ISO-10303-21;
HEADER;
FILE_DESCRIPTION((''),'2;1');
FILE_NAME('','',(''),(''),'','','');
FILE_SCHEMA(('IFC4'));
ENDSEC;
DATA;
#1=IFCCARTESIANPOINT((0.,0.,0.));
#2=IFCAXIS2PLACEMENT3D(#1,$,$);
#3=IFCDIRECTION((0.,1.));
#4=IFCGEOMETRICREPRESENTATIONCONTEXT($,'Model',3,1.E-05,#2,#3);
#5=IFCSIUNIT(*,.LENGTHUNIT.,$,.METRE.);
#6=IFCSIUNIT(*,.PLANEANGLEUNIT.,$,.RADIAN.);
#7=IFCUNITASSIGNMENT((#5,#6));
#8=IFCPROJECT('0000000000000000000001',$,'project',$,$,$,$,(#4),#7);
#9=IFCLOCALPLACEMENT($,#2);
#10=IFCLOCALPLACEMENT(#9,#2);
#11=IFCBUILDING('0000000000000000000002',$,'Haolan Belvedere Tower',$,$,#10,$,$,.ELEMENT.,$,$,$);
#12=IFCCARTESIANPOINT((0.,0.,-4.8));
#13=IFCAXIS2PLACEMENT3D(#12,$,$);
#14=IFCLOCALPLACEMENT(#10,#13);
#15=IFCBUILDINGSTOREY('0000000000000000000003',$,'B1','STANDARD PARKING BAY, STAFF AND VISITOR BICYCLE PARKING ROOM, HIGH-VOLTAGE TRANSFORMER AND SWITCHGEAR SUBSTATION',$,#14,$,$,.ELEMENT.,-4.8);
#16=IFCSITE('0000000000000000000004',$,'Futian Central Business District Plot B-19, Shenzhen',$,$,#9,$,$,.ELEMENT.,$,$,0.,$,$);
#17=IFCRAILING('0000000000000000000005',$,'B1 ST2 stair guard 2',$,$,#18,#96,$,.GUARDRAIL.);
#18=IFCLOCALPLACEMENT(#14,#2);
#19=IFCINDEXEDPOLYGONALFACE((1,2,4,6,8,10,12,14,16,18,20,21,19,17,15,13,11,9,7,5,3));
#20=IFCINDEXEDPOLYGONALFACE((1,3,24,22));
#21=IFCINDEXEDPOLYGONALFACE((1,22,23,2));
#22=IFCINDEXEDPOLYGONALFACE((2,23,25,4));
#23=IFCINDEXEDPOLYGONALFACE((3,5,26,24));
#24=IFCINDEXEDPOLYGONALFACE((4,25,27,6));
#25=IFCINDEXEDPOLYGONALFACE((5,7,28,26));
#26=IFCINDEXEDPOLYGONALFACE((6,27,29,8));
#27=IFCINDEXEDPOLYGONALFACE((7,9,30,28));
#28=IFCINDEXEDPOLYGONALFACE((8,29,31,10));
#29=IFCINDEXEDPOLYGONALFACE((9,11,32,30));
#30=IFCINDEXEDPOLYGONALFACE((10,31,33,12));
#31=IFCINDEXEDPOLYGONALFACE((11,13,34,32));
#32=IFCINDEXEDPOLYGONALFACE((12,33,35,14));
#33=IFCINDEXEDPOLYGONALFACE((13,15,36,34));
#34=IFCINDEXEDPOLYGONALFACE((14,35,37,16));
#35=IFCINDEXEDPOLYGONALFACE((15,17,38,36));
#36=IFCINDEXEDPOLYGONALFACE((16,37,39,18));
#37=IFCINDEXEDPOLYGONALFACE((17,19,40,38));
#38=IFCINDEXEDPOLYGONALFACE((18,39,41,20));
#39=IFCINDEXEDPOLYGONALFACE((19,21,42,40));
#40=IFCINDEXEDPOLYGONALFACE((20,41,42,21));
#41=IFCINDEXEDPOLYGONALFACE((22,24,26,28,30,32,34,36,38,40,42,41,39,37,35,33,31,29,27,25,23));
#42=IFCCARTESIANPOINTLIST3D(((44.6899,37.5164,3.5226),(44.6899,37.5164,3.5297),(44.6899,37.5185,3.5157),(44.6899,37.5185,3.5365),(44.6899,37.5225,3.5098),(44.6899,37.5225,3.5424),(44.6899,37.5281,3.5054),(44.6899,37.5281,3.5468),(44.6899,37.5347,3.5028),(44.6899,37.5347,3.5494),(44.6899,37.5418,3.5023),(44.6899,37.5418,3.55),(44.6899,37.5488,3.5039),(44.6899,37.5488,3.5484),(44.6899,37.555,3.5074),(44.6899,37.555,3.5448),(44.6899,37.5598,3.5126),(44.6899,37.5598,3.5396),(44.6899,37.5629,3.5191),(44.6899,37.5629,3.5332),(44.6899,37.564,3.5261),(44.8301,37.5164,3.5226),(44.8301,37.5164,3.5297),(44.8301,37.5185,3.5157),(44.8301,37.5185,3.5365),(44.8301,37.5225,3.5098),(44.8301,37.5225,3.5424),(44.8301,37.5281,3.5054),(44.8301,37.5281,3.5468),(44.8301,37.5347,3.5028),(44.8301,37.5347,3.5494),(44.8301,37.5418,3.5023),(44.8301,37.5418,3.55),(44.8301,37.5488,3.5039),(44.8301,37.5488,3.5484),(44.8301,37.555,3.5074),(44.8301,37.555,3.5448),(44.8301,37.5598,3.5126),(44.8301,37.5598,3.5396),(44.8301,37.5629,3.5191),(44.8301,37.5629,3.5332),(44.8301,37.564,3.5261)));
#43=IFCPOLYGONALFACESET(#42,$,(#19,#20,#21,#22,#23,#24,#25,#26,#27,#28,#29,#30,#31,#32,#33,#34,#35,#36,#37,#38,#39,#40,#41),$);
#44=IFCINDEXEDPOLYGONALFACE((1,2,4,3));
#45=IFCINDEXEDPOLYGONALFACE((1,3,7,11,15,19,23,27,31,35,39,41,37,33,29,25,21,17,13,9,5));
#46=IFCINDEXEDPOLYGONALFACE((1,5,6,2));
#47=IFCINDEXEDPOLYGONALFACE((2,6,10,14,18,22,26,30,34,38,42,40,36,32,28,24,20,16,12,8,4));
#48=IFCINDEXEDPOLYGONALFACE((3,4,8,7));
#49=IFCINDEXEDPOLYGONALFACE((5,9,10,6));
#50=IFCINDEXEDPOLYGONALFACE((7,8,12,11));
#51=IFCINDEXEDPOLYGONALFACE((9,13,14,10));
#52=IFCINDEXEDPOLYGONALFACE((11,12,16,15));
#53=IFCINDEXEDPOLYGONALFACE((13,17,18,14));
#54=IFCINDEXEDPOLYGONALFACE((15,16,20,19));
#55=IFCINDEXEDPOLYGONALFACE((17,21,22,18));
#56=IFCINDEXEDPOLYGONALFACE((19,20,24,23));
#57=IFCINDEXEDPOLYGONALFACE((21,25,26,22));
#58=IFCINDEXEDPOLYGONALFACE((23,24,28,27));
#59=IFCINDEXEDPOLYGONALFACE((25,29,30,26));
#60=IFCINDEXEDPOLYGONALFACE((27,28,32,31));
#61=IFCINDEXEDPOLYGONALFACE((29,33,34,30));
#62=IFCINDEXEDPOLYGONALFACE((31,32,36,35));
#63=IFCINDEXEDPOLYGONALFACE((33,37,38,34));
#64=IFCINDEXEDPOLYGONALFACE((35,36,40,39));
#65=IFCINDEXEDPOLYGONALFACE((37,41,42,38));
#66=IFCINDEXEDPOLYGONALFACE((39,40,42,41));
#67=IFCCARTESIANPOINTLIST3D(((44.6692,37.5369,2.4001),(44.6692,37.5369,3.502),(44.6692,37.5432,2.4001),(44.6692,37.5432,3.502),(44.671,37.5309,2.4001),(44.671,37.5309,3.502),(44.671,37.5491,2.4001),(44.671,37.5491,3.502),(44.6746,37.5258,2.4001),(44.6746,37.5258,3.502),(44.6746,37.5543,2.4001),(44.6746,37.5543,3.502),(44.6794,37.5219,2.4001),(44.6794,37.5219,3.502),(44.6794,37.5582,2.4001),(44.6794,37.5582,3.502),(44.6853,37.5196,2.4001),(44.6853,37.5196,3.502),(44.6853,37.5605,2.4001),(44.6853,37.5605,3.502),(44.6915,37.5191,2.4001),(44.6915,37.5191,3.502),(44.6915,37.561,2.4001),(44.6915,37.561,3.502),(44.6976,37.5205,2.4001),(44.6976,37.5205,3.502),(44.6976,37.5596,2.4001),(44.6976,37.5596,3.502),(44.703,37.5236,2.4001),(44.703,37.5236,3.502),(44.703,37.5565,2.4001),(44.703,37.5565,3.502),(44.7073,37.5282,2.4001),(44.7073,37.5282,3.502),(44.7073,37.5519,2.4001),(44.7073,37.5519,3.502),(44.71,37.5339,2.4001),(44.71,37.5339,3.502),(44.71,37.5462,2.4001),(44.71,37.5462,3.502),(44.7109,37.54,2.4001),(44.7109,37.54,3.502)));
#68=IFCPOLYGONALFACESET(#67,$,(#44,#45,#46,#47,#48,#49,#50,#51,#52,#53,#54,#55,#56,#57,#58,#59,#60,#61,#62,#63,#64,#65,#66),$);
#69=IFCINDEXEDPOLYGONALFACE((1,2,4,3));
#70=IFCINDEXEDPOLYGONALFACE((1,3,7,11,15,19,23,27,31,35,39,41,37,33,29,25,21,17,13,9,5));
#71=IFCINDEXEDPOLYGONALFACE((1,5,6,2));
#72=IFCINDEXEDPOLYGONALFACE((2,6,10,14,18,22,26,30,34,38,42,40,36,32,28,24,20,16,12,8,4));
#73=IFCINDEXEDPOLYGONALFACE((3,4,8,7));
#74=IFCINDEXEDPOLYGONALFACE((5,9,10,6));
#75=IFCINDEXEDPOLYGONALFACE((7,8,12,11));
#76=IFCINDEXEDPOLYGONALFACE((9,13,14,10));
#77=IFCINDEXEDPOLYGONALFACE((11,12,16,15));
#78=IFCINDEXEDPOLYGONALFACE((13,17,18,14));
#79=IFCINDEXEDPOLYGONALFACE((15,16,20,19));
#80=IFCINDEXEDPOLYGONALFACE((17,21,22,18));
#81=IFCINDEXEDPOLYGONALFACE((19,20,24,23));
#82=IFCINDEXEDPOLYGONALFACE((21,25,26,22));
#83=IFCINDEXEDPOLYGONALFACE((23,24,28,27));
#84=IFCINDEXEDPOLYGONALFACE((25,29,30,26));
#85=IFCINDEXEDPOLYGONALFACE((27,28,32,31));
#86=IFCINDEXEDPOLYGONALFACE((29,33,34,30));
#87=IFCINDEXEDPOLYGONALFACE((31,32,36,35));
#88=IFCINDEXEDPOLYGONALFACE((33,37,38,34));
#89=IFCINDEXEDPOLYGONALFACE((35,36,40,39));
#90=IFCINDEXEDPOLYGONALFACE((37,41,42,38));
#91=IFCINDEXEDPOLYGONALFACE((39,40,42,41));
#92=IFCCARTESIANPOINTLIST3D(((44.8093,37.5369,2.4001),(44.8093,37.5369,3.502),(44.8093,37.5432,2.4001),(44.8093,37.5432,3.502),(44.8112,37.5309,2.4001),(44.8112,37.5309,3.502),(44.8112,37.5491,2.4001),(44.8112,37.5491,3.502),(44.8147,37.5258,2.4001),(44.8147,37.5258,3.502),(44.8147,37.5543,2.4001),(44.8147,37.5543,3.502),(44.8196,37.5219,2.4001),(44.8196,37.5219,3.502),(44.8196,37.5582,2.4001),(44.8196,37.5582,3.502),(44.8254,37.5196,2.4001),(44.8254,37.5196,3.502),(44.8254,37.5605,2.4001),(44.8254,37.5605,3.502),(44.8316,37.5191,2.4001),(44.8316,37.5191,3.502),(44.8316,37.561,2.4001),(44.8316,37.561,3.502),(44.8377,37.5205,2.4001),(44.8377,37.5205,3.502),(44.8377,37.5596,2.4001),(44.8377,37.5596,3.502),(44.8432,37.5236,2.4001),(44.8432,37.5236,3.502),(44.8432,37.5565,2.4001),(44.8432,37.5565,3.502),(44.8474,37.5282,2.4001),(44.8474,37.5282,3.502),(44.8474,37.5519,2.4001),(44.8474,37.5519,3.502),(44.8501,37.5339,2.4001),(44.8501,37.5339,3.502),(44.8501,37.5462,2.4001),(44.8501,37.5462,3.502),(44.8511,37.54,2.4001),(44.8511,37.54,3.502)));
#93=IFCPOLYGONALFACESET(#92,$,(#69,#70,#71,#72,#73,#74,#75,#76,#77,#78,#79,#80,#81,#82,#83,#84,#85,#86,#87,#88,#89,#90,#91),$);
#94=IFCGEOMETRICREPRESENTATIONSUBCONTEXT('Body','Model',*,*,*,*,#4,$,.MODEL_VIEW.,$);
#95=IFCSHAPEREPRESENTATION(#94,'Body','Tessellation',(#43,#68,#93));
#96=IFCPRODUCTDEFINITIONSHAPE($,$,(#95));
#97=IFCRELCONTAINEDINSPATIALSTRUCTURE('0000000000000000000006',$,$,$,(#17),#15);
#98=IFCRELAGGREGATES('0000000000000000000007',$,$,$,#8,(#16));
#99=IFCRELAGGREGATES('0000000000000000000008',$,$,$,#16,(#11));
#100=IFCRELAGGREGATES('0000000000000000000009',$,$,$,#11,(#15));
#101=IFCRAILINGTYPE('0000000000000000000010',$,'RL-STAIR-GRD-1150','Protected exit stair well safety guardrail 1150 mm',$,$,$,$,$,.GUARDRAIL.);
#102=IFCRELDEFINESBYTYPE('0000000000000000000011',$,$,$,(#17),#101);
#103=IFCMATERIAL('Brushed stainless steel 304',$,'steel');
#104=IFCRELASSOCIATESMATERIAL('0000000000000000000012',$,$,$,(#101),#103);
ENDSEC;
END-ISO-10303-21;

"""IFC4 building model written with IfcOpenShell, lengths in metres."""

from ifc_helpers import new_model, si_unit, direction, frame, origin, origin_2d, place, context, subcontext, project, spatial, circle, extrude, material, type_object, element, save


model = new_model("IFC4")

# Units and contexts
model_context = context("Model", 3, precision=1e-05, world=origin(), true_north=direction((0.0, 1.0)))
body_context = subcontext(model_context, "Body", "Model", "MODEL_VIEW")
ifc_project = project(units=[si_unit("LENGTHUNIT", "METRE"), si_unit("PLANEANGLEUNIT", "RADIAN")], contexts=[model_context])

# Site, building, storey
site_placement = place(None, origin())
site = spatial("IfcSite", under=ifc_project, at=site_placement, Name="Futian Central Business District Plot B-19, Shenzhen", CompositionType="ELEMENT", RefElevation=0.0)
building_placement = place(site_placement, origin())
building = spatial("IfcBuilding", under=site, at=building_placement, Name="Haolan Belvedere Tower", CompositionType="ELEMENT")
storey_placement = place(building_placement, frame((0.0, 0.0, -4.8)))
storey = spatial("IfcBuildingStorey", under=building, at=storey_placement, Name="B1", Description="STANDARD PARKING BAY, STAFF AND VISITOR BICYCLE PARKING ROOM, HIGH-VOLTAGE TRANSFORMER AND SWITCHGEAR SUBSTATION", CompositionType="ELEMENT", Elevation=-4.8)

# Railing
ifc_material_1 = material(Name="Brushed stainless steel 304", Category="steel")
railing_type_1 = type_object("IfcRailingType", Name="RL-STAIR-GRD-1150", Description="Protected exit stair well safety guardrail 1150 mm", PredefinedType="GUARDRAIL", material=ifc_material_1)
railing_1_placement = place(storey_placement, frame((44.6899, 37.54, 2.4001)))
element("IfcRailing", 1, at=railing_1_placement, inside=storey, type_object=railing_type_1, Name="B1 ST2 stair guard 2", PredefinedType="GUARDRAIL", context=body_context, shape_type="SweptSolid", body=[
    extrude(circle(Radius=0.0239, at=origin_2d()), frame((0.0, 0.0, 1.126), z_axis=(1.0, 0.0, 0.0), x_axis=(0.0, 1.0, 0.0)), (0.0, 0.0, 1.0), 0.1401),
    extrude(circle(Radius=0.021, at=origin_2d()), origin(), (0.0, 0.0, 1.0), 1.1018),
    extrude(circle(Radius=0.021, at=origin_2d()), frame((0.1401, 0.0, 0.0)), (0.0, 0.0, 1.0), 1.1018),
])

save(model, "model.ifc")
